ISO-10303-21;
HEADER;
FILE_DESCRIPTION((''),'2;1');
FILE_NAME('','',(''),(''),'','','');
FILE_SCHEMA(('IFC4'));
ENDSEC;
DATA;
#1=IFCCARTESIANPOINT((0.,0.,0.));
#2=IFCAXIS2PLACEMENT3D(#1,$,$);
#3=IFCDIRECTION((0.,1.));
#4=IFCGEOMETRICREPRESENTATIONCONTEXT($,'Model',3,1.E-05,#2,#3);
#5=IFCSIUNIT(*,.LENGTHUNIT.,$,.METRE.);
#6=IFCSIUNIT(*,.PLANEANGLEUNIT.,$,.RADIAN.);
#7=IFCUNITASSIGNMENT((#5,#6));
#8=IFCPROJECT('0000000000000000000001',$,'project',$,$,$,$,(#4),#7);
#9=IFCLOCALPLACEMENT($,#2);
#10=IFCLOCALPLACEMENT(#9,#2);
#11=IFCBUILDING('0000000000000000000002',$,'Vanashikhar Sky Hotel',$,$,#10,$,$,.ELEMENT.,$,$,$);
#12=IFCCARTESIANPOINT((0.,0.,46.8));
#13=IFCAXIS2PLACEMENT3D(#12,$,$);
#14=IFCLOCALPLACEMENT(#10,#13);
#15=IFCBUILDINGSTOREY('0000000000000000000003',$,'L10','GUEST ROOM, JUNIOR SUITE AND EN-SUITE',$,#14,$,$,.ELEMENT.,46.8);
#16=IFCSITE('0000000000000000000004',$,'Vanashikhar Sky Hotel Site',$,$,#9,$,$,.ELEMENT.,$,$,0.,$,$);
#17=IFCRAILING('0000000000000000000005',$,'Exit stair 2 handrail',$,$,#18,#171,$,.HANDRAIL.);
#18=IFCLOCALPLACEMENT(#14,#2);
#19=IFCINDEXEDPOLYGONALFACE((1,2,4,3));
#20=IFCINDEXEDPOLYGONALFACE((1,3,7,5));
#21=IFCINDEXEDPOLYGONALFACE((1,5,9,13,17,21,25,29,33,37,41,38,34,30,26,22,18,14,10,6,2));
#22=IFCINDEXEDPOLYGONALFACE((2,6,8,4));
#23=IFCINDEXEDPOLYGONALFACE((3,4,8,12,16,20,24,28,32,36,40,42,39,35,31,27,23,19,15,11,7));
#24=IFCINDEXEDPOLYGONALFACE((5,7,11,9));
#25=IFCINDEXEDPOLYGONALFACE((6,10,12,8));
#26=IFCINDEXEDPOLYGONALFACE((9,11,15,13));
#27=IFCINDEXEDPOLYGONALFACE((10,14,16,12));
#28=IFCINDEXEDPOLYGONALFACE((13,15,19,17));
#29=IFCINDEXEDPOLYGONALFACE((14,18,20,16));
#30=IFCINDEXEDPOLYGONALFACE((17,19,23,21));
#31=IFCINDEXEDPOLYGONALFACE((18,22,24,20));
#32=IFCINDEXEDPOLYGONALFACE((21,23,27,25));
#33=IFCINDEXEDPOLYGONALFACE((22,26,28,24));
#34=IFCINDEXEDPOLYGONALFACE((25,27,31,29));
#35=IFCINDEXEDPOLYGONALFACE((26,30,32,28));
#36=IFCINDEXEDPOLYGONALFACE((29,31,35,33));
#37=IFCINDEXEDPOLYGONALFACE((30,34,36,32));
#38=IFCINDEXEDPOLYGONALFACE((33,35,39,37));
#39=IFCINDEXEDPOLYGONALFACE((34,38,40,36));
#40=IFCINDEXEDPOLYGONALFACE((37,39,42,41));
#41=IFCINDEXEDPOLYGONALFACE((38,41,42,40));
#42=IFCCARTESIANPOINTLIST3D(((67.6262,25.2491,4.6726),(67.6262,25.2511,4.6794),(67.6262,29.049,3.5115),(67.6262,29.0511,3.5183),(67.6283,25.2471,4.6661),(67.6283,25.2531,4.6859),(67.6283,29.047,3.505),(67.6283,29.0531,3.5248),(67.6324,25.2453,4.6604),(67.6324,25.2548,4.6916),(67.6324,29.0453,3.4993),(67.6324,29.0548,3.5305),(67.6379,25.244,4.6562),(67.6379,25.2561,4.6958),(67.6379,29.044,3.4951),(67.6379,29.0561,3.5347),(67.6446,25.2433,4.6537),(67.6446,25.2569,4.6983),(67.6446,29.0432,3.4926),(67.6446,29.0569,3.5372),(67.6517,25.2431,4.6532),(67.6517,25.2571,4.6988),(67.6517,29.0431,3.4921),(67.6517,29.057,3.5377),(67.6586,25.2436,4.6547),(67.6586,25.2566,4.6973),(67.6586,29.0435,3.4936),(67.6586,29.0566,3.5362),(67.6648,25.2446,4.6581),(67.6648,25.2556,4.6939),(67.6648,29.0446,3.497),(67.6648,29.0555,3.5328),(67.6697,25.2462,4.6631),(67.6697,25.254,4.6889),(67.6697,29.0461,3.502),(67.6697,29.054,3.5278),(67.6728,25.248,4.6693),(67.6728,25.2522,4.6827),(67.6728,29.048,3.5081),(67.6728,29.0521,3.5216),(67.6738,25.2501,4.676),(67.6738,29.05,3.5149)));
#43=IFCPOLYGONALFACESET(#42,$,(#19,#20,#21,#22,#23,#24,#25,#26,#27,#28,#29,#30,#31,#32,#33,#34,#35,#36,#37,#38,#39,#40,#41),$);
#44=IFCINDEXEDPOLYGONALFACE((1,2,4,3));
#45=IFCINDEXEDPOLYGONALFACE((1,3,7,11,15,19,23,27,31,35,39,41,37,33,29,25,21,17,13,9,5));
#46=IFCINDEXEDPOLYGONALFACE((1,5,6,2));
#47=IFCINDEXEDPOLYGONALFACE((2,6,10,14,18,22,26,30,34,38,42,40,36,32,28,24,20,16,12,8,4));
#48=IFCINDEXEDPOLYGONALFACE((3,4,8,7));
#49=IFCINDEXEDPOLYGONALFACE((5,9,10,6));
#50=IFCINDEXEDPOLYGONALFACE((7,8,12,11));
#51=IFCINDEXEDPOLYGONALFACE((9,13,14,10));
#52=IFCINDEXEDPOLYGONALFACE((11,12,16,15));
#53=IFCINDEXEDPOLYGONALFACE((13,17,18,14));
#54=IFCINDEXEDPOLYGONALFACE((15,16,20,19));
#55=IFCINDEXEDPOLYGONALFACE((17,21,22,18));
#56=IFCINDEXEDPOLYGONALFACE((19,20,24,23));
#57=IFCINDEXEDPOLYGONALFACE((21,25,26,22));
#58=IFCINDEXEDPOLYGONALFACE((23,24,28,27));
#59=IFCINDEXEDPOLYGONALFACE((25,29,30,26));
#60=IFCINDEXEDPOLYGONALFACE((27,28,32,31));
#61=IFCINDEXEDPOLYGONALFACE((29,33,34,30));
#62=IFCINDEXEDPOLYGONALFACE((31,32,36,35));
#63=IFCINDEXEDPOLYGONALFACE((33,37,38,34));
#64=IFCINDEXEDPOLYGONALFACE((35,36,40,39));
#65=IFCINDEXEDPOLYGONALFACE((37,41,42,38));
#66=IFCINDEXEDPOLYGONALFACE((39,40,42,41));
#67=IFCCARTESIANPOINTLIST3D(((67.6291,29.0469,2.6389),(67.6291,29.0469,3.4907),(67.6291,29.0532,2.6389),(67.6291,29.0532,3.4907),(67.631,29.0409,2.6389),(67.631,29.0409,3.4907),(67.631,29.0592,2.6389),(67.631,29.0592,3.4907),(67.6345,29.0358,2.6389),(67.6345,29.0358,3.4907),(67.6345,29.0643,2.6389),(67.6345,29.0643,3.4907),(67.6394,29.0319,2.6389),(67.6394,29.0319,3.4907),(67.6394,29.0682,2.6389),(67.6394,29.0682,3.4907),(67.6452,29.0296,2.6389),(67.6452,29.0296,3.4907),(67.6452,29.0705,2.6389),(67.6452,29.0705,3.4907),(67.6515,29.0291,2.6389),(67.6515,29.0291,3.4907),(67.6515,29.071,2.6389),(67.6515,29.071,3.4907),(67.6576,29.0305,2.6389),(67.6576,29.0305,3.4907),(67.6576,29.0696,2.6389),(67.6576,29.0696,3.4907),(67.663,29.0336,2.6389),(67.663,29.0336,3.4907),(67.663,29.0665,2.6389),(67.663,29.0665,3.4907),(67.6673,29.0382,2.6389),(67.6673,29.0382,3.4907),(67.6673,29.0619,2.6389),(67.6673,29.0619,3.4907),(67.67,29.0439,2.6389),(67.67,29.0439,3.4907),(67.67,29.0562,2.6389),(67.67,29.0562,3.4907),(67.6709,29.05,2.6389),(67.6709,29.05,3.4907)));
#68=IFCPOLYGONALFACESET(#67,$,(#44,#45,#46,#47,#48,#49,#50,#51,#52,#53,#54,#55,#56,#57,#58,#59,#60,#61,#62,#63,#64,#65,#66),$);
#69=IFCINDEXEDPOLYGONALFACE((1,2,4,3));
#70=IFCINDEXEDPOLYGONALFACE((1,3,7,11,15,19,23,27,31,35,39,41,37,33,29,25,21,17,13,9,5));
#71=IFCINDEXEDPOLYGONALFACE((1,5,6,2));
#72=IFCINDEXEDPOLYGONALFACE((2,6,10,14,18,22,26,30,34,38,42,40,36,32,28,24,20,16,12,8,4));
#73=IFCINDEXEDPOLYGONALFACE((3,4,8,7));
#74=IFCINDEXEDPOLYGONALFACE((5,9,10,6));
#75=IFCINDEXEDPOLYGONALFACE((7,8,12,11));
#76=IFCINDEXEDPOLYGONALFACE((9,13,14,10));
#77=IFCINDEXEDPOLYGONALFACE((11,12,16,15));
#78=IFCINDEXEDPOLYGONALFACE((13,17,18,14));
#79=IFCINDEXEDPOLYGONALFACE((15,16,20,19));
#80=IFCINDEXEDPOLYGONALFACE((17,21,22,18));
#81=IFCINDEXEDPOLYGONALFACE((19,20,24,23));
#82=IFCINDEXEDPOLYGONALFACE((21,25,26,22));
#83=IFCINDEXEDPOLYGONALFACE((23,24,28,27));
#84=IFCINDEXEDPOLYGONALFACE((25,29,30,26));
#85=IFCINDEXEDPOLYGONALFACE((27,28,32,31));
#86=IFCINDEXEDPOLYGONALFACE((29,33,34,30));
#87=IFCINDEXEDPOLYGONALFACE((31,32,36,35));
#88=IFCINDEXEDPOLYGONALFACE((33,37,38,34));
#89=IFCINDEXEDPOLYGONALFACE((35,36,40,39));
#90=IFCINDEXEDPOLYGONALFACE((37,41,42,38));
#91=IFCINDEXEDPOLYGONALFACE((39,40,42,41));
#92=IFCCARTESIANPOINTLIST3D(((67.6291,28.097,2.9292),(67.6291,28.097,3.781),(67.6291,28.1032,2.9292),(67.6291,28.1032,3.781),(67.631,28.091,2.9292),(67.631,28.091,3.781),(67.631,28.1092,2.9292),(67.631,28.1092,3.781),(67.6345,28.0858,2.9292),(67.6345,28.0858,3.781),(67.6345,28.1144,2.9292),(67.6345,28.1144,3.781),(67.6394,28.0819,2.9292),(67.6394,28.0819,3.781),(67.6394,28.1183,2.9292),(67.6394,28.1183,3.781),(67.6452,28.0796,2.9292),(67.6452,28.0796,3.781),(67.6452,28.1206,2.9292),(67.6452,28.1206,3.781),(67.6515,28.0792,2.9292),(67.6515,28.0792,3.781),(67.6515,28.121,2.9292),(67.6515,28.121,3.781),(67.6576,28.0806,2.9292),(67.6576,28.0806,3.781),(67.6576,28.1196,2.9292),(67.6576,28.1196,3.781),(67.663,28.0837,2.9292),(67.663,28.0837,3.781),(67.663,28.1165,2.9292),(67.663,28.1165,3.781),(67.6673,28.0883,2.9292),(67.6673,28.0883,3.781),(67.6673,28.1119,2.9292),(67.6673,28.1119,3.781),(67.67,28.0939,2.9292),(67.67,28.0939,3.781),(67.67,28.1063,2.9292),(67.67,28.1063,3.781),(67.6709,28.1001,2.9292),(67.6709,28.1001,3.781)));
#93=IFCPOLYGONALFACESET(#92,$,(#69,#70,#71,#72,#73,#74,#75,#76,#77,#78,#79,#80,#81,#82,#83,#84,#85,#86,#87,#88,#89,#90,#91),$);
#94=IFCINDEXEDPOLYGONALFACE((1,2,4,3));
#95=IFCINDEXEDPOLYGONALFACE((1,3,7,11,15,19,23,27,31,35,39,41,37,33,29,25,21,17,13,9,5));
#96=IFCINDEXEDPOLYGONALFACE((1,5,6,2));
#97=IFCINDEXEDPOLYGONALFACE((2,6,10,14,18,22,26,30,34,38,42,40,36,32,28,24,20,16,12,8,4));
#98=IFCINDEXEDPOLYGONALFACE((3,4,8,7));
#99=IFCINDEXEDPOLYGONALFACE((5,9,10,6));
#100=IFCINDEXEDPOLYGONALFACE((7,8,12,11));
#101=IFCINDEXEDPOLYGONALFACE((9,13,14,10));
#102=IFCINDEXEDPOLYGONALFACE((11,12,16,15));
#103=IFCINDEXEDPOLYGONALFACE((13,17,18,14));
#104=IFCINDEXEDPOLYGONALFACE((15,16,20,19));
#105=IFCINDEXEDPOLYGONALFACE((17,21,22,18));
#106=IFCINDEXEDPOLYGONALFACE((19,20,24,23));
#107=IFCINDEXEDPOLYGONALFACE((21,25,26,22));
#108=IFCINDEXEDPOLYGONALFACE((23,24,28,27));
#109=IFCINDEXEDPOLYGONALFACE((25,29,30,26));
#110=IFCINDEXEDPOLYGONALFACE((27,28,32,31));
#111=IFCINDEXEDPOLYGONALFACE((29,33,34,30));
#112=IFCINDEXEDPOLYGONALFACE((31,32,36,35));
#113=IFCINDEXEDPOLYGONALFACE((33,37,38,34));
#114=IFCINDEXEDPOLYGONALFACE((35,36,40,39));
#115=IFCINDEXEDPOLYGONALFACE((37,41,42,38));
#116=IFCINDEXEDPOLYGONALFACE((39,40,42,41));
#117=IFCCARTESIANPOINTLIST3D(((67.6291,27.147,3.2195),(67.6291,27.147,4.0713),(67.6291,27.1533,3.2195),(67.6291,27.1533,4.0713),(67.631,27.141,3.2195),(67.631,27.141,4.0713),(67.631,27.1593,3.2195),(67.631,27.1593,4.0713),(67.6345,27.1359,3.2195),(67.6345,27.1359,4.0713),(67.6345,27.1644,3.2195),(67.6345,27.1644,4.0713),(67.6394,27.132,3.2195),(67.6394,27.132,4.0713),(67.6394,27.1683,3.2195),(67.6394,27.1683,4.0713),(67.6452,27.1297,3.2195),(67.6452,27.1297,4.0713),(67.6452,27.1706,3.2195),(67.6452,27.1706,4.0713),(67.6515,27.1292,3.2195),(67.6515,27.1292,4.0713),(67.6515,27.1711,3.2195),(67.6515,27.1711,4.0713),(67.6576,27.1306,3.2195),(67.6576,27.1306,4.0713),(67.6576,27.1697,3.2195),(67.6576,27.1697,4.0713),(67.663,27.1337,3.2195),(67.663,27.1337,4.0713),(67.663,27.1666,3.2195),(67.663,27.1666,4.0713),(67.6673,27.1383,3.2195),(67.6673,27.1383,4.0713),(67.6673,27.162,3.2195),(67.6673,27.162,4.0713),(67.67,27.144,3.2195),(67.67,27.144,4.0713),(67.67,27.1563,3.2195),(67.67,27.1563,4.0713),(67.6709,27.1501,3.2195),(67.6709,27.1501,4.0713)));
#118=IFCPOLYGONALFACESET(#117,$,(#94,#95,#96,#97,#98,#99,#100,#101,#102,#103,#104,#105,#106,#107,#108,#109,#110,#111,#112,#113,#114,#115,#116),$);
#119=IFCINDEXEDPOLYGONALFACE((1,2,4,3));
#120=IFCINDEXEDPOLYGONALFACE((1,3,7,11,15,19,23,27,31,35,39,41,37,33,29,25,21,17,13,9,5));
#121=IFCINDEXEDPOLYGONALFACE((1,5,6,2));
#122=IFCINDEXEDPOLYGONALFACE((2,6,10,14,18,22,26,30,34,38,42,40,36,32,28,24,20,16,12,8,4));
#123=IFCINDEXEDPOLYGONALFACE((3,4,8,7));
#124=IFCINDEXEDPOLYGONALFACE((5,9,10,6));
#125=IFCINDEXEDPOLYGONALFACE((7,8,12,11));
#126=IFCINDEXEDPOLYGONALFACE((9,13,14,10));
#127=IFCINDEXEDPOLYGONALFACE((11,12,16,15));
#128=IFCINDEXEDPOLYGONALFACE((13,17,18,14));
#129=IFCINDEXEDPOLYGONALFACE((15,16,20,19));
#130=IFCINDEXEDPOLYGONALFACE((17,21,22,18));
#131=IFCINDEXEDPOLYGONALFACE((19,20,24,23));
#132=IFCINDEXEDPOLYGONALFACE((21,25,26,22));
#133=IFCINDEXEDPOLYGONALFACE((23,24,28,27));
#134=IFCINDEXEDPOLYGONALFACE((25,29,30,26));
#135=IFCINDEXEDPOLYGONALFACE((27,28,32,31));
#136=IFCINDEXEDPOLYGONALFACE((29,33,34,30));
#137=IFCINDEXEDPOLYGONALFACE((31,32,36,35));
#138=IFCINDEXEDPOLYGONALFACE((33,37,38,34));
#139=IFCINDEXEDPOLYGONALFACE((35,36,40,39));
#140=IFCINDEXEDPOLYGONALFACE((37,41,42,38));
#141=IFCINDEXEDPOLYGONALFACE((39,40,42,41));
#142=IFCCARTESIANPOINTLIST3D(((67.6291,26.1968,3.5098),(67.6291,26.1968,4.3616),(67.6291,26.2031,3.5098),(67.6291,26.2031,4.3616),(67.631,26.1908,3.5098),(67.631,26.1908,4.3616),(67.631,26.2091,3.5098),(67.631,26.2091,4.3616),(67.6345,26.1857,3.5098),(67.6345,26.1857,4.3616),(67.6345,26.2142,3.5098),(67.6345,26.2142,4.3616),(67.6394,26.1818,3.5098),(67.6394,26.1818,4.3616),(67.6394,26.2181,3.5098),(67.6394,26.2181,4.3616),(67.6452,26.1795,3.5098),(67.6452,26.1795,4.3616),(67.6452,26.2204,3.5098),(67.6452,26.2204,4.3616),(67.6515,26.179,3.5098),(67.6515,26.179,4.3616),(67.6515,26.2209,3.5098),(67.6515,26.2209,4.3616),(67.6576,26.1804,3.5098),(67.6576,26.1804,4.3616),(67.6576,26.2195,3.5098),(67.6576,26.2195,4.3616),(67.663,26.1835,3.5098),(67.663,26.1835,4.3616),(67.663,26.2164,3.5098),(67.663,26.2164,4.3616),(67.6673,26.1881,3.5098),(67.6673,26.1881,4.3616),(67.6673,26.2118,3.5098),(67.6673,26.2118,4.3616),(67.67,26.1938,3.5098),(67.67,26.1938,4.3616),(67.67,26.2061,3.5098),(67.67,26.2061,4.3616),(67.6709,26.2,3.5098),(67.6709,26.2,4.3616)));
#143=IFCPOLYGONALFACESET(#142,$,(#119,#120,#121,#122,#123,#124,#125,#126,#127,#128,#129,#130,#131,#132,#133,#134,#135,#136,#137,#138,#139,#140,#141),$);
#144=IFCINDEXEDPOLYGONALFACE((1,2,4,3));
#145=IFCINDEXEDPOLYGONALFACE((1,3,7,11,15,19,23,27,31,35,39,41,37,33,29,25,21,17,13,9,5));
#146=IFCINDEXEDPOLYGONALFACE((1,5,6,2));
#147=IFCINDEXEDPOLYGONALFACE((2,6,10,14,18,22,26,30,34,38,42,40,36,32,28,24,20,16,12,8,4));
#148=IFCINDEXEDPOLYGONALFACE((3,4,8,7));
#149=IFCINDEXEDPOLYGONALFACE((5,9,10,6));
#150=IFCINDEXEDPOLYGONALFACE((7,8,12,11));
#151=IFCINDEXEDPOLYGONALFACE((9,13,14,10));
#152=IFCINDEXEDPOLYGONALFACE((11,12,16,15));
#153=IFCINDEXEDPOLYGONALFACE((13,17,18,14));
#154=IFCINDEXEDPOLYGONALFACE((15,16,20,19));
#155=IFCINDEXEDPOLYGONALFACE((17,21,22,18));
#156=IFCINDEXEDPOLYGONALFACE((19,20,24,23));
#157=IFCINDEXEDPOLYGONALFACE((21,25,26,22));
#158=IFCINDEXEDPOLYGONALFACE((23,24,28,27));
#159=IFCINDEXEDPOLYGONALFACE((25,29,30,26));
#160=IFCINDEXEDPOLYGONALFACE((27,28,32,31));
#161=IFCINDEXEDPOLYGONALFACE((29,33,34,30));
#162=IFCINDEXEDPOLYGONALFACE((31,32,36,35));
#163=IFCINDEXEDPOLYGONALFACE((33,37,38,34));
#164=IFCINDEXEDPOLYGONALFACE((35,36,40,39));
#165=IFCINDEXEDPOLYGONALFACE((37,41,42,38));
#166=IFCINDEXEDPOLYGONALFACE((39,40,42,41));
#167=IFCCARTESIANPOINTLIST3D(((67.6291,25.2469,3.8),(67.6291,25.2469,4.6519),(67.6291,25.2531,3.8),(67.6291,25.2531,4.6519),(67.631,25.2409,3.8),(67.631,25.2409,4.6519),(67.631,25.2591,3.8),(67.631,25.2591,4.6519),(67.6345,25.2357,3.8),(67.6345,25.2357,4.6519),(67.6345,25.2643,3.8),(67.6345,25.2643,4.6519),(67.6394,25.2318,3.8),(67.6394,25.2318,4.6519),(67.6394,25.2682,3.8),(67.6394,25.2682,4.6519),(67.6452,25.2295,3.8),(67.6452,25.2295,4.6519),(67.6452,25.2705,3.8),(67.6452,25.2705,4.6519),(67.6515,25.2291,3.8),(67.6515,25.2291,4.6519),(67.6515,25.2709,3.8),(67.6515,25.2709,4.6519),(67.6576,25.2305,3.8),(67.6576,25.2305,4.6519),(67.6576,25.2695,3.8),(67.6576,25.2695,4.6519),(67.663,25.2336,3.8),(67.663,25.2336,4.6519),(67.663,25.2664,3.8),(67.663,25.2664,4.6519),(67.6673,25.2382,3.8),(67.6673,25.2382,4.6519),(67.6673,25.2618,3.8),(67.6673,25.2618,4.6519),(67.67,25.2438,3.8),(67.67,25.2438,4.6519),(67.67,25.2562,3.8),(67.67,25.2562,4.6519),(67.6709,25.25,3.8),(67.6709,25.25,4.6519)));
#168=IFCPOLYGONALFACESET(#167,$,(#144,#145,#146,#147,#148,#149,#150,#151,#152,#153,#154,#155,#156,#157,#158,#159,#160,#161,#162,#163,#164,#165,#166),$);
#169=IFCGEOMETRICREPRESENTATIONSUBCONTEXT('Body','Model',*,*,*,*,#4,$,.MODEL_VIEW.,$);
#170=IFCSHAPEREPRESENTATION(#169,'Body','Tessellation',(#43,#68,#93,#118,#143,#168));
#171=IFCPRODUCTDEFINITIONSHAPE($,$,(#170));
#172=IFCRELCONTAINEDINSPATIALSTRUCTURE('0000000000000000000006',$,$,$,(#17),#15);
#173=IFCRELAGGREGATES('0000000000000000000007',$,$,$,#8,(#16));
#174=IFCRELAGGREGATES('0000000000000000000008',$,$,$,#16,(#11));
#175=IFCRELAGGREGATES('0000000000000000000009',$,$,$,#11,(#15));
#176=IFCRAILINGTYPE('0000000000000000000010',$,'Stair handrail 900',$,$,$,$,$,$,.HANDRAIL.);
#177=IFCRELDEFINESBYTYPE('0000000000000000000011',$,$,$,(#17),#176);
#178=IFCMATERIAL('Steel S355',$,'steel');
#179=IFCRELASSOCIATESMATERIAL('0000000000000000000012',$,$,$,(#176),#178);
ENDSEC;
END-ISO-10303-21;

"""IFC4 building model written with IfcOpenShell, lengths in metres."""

from ifc_helpers import new_model, si_unit, direction, frame, origin, origin_2d, place, context, subcontext, project, spatial, circle, extrude, source, transform, mapped, material, type_object, element, save


model = new_model("IFC4")

# Units and contexts
model_context = context("Model", 3, precision=1e-05, world=origin(), true_north=direction((0.0, 1.0)))
body_context = subcontext(model_context, "Body", "Model", "MODEL_VIEW")
ifc_project = project(units=[si_unit("LENGTHUNIT", "METRE"), si_unit("PLANEANGLEUNIT", "RADIAN")], contexts=[model_context])

# Site, building, storey
site_placement = place(None, origin())
site = spatial("IfcSite", under=ifc_project, at=site_placement, Name="Vanashikhar Sky Hotel Site", CompositionType="ELEMENT", RefElevation=0.0)
building_placement = place(site_placement, origin())
building = spatial("IfcBuilding", under=site, at=building_placement, Name="Vanashikhar Sky Hotel", CompositionType="ELEMENT")
storey_placement = place(building_placement, frame((0.0, 0.0, 46.8)))
storey = spatial("IfcBuildingStorey", under=building, at=storey_placement, Name="L10", Description="GUEST ROOM, JUNIOR SUITE AND EN-SUITE", CompositionType="ELEMENT", Elevation=46.8)

# Railing
ifc_material_1 = material(Name="Steel S355", Category="steel")
railing_type_1 = type_object("IfcRailingType", Name="Stair handrail 900", PredefinedType="HANDRAIL", material=ifc_material_1)
shared_shape_1 = source(origin(), body_context, "Body", "SweptSolid", [
    extrude(circle(Radius=0.0239, at=origin_2d()), frame((0.0, 0.0, 0.876), z_axis=(0.0, -0.956351, 0.29222), x_axis=(1.0, 0.0, 0.0)), (0.0, 0.0, 1.0), 3.9734),
    extrude(circle(Radius=0.021, at=origin_2d()), origin(), (0.0, 0.0, 1.0), 0.8518),
    extrude(circle(Radius=0.021, at=origin_2d()), frame((0.0, -0.95, 0.2903)), (0.0, 0.0, 1.0), 0.8518),
    extrude(circle(Radius=0.021, at=origin_2d()), frame((0.0, -1.8999, 0.5806)), (0.0, 0.0, 1.0), 0.8518),
    extrude(circle(Radius=0.021, at=origin_2d()), frame((0.0, -2.8501, 0.8708)), (0.0, 0.0, 1.0), 0.8518),
    extrude(circle(Radius=0.021, at=origin_2d()), frame((0.0, -3.8, 1.1611)), (0.0, 0.0, 1.0), 0.8518),
])
for number, where, name in (
    (1, (67.6499, 29.05, 2.6389), "Exit stair 2 handrail"),
):
    element("IfcRailing", number, at=place(storey_placement, frame(where)), inside=storey, type_object=railing_type_1, Name=name, PredefinedType="HANDRAIL", context=body_context, shape_type="MappedRepresentation", body=[
        mapped(shared_shape_1, transform((0.0, 0.0, 0.0), scale=1.0)),
    ])

save(model, "model.ifc")
